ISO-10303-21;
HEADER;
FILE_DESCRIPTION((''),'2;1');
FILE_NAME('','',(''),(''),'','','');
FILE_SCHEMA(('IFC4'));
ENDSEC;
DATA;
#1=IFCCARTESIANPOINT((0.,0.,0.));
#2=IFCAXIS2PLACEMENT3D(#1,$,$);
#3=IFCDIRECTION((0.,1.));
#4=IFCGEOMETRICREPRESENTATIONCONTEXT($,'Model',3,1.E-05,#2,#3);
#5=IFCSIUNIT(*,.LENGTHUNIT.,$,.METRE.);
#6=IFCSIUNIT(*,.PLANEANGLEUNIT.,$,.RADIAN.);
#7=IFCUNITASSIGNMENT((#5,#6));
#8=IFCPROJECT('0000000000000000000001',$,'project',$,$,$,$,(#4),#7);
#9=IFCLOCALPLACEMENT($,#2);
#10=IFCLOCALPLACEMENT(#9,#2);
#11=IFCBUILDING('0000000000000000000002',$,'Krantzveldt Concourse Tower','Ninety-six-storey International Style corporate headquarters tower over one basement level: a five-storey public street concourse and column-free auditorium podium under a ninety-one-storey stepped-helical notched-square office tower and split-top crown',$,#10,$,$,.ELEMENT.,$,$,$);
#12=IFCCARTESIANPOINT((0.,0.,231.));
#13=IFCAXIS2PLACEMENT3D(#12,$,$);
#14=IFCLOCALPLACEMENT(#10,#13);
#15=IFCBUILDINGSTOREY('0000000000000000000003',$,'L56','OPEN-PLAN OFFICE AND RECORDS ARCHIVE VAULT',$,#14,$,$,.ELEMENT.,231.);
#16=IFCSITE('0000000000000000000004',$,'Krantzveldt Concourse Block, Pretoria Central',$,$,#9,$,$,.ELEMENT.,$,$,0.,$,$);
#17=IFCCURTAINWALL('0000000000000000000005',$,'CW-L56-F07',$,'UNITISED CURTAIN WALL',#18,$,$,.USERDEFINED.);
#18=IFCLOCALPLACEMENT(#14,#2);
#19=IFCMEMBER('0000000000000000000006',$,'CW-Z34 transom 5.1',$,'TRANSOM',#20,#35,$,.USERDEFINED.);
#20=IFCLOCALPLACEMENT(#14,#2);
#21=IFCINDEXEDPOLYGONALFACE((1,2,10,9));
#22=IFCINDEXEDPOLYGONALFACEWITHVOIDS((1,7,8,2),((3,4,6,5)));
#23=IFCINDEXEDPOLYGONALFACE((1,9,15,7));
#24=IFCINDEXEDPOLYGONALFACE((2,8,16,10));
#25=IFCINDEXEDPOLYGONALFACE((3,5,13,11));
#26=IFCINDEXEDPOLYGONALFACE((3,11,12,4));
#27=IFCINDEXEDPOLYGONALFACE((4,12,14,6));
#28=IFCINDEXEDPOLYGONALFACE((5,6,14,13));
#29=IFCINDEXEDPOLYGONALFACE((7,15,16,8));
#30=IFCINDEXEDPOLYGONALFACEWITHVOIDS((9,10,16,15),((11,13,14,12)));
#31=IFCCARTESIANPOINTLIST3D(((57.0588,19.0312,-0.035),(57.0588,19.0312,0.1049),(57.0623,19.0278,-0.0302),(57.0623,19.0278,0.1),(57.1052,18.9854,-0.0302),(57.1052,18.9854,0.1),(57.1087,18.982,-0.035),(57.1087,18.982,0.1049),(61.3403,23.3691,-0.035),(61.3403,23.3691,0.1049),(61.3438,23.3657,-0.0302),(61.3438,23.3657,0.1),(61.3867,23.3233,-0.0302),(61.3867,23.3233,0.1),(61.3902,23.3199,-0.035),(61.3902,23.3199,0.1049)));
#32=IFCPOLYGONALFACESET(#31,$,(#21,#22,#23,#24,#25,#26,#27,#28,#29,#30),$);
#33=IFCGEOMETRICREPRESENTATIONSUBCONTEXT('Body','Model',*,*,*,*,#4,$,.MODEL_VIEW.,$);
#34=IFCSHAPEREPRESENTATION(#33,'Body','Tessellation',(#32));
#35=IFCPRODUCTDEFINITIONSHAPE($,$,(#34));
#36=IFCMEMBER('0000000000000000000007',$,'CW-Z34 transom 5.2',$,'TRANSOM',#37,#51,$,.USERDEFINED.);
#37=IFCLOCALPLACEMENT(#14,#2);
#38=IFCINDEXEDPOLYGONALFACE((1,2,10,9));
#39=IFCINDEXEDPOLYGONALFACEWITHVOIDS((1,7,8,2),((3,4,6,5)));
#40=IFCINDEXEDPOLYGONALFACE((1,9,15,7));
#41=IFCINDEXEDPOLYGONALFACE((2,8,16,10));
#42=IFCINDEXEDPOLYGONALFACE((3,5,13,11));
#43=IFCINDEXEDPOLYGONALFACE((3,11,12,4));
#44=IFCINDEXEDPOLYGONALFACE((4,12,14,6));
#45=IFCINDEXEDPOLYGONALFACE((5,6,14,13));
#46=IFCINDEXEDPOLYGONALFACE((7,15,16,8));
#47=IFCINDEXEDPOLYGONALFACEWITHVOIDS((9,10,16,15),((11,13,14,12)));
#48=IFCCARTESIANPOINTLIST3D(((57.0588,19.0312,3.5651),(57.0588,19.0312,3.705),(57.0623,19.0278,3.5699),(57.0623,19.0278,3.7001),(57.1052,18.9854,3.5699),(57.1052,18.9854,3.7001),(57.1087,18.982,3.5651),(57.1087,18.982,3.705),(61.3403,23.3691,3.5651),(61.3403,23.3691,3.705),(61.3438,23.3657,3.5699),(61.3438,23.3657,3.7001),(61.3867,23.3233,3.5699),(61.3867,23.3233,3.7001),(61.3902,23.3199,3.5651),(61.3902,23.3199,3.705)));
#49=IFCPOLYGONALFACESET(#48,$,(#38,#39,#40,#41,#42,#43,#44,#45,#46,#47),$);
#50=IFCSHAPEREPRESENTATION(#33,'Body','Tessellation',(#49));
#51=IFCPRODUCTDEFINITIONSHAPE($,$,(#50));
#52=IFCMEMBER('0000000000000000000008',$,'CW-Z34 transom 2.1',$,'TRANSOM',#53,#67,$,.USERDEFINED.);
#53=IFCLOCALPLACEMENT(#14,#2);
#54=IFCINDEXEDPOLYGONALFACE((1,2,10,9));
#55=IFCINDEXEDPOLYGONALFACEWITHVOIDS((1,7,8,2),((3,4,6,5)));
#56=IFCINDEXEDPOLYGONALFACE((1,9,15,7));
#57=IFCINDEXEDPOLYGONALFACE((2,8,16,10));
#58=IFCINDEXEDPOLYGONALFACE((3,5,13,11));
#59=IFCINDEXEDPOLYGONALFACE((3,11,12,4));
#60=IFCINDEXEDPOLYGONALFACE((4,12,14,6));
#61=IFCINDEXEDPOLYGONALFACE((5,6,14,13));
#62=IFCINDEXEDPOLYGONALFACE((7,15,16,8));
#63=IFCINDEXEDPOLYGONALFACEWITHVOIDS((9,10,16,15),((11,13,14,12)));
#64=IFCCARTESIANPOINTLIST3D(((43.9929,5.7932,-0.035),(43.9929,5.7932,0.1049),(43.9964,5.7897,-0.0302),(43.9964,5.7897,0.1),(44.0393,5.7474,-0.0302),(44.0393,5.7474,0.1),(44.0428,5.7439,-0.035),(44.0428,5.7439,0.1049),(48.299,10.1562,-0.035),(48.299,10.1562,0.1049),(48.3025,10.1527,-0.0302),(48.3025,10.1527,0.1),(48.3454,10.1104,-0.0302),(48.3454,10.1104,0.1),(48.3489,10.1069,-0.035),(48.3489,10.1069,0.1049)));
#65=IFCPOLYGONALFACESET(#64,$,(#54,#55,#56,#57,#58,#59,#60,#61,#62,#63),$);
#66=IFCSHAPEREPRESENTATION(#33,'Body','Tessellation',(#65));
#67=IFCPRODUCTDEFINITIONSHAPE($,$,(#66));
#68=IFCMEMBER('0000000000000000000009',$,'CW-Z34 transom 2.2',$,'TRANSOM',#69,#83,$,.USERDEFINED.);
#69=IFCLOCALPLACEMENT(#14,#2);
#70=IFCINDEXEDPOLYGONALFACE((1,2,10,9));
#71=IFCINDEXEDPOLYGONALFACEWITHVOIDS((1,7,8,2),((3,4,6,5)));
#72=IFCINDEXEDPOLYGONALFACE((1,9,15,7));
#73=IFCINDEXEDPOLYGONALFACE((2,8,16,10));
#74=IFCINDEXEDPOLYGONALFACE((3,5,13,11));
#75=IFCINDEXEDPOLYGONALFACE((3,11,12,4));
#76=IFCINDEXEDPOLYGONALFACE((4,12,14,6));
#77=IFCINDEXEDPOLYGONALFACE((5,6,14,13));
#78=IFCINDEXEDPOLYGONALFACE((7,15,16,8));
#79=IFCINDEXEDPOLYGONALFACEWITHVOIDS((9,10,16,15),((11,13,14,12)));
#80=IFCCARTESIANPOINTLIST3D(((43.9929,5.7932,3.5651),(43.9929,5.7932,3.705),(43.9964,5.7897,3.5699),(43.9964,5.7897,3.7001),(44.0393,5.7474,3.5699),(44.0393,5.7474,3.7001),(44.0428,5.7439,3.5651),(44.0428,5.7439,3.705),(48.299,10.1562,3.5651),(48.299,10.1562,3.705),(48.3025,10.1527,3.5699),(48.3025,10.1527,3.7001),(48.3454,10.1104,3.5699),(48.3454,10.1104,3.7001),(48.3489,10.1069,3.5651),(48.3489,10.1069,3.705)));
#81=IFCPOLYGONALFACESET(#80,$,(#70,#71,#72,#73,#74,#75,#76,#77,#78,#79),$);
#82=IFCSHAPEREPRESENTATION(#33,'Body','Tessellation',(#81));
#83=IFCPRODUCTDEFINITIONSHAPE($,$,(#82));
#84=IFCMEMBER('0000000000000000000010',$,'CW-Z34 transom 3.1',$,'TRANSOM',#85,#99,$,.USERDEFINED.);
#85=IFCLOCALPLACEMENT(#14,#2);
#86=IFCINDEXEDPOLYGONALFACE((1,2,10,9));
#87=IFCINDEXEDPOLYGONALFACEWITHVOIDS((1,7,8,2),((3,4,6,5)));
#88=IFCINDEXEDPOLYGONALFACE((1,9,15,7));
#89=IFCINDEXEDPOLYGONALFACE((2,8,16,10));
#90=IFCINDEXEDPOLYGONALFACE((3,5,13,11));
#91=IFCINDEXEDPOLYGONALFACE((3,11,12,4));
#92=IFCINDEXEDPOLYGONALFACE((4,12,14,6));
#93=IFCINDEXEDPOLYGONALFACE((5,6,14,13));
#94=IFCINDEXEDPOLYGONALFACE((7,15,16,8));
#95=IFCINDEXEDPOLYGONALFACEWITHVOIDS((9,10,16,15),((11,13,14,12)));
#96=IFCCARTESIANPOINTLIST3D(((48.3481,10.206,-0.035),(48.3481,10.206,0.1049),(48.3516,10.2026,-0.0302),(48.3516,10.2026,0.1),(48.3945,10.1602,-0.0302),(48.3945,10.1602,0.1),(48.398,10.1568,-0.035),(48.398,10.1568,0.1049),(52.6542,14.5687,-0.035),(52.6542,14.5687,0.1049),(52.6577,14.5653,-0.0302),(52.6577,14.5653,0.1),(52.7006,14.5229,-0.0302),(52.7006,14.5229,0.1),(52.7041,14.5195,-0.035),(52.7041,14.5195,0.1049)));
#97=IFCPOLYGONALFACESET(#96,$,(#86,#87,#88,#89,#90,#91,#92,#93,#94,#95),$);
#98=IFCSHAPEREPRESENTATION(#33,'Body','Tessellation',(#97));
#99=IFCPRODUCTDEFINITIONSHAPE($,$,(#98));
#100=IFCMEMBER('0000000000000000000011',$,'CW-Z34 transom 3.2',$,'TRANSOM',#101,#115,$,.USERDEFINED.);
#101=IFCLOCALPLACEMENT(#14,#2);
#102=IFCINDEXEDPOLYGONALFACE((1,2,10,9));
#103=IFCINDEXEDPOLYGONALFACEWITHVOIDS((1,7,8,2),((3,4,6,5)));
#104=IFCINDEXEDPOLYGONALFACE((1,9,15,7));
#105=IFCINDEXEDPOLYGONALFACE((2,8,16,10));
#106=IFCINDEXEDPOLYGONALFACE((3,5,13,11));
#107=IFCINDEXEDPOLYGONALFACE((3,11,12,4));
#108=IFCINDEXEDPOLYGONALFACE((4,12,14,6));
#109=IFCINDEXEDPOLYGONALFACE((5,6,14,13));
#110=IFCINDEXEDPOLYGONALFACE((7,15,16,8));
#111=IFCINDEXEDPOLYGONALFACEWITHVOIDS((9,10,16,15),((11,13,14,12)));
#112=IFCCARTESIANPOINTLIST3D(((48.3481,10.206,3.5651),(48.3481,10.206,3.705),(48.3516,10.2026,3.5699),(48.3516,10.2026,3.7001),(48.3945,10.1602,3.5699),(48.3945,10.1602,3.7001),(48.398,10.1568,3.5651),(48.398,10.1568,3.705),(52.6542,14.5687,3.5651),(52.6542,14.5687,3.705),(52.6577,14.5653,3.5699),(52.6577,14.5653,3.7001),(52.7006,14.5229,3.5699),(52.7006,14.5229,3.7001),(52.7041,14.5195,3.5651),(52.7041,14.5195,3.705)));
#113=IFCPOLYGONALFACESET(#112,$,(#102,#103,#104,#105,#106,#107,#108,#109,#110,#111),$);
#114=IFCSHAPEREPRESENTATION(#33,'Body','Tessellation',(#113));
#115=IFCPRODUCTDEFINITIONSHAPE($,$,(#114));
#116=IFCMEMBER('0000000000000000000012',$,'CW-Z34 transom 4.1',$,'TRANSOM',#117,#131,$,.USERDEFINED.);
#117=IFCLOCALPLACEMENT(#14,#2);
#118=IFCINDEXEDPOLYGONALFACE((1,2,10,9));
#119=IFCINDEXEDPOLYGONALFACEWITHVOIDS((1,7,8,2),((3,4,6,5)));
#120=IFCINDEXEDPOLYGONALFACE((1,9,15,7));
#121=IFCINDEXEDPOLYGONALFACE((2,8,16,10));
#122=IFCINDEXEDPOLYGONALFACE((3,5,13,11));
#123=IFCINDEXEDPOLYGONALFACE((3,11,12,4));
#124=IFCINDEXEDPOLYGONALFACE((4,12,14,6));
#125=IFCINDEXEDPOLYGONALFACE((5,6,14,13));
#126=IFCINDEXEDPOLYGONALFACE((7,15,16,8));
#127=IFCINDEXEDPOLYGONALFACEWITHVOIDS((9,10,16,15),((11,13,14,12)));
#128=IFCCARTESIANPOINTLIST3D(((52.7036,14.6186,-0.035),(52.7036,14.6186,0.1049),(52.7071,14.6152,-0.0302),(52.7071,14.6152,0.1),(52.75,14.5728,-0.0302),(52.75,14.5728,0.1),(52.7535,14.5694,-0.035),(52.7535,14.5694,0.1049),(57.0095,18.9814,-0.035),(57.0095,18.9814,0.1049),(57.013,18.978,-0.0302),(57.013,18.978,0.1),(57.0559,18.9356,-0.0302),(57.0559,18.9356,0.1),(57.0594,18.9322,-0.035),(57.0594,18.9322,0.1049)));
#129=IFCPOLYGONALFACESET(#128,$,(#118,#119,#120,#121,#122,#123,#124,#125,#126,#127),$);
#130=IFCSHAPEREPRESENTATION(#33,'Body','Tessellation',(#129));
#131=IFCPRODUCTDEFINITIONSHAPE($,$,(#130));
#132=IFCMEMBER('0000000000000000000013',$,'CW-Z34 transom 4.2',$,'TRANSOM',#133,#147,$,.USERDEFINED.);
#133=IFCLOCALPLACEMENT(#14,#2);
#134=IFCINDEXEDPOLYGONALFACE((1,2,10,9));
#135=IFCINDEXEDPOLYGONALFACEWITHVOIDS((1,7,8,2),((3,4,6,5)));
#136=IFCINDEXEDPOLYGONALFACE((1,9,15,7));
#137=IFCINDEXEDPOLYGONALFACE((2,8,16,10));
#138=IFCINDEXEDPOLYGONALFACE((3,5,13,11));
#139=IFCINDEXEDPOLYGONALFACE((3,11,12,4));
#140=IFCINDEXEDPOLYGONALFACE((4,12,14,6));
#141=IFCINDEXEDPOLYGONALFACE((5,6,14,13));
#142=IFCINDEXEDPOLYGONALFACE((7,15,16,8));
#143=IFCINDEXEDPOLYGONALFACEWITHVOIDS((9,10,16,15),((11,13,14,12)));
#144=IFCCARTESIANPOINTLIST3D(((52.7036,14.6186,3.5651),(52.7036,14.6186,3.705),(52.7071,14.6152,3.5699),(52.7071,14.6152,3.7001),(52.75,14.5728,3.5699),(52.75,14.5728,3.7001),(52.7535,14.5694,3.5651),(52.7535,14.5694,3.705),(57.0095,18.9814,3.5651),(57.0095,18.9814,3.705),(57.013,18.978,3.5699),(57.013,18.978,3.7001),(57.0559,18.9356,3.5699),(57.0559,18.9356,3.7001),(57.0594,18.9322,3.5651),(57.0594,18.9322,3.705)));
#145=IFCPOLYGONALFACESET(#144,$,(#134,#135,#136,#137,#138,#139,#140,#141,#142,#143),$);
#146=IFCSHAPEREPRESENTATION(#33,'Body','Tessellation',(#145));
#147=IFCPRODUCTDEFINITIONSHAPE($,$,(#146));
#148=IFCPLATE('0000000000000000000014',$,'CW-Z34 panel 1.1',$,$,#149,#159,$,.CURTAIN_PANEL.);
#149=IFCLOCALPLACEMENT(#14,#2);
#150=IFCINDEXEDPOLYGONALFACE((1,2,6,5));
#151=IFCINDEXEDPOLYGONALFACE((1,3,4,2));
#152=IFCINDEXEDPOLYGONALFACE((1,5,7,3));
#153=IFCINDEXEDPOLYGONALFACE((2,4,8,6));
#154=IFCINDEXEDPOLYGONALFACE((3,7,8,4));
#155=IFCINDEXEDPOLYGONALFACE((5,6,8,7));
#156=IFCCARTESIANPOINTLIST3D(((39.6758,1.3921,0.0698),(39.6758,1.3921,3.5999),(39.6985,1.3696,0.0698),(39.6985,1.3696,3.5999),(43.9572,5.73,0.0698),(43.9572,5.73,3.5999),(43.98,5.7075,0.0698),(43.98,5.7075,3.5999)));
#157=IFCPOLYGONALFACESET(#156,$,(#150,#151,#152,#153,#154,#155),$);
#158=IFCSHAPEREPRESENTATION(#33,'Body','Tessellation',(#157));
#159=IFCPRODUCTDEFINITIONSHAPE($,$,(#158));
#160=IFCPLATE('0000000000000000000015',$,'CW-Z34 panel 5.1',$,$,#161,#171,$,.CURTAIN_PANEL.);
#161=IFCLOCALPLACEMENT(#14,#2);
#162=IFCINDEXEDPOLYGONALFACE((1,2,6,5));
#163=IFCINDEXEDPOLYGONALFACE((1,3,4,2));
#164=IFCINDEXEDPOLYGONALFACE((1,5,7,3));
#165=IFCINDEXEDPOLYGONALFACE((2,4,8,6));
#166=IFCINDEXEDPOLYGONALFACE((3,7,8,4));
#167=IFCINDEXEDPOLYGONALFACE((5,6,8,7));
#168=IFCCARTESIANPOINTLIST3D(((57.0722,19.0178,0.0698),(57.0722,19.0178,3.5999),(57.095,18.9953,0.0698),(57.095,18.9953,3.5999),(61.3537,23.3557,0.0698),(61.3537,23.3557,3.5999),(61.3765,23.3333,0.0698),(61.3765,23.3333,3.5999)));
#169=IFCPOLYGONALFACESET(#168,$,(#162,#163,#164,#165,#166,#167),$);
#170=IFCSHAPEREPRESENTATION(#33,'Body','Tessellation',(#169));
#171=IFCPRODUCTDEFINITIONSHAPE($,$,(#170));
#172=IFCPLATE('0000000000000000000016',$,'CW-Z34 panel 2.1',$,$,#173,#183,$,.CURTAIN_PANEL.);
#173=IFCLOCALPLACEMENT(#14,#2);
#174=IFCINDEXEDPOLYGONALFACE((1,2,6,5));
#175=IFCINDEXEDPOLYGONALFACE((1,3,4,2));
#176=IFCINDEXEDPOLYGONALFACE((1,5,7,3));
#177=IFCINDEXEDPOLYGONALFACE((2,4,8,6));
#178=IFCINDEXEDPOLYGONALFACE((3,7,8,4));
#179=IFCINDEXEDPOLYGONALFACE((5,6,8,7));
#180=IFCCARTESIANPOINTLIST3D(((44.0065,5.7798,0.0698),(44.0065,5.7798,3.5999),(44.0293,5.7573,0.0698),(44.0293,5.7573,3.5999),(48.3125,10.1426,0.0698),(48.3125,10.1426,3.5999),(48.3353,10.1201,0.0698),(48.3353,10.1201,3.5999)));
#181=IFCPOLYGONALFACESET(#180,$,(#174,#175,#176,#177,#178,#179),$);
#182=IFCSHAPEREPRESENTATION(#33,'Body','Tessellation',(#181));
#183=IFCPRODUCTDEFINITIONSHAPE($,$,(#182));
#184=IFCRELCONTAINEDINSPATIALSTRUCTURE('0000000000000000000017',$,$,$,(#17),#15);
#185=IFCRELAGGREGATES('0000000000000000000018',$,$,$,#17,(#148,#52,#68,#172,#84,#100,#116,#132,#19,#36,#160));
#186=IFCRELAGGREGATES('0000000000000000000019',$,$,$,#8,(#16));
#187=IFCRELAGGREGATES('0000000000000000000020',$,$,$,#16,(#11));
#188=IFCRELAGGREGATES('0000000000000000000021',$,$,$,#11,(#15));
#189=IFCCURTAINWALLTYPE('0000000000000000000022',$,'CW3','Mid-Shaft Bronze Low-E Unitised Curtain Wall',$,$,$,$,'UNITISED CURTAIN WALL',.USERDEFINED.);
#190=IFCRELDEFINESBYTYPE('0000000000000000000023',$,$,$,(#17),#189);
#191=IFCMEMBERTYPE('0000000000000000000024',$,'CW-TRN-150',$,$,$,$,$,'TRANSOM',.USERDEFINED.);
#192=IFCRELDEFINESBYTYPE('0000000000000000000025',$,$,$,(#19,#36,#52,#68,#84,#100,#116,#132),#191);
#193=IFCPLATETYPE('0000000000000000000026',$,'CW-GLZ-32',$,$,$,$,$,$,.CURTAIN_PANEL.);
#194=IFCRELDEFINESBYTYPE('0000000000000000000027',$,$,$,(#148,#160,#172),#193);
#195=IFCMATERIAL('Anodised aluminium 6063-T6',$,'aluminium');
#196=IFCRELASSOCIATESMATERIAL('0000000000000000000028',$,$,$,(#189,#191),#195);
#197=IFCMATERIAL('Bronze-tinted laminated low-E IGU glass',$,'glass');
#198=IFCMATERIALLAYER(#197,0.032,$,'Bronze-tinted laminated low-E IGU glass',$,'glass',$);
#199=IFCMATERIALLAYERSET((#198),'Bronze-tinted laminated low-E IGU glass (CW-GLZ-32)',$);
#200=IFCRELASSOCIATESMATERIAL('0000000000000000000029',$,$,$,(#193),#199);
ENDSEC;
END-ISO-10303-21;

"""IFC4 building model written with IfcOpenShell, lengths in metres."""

from ifc_helpers import new_model, si_unit, direction, frame, origin, origin_2d, place, context, subcontext, project, spatial, rectangle, hollow_rectangle, extrude, source, transform, mapped, material, layer, layer_set, material_profile, profile_set, type_object, type_shapes, element, aggregate, save


model = new_model("IFC4")

# Units and contexts
model_context = context("Model", 3, precision=1e-05, world=origin(), true_north=direction((0.0, 1.0)))
body_context = subcontext(model_context, "Body", "Model", "MODEL_VIEW")
ifc_project = project(units=[si_unit("LENGTHUNIT", "METRE"), si_unit("PLANEANGLEUNIT", "RADIAN")], contexts=[model_context])

# Site, building, storey
site_placement = place(None, origin())
site = spatial("IfcSite", under=ifc_project, at=site_placement, Name="Krantzveldt Concourse Block, Pretoria Central", CompositionType="ELEMENT", RefElevation=0.0)
building_placement = place(site_placement, origin())
building = spatial("IfcBuilding", under=site, at=building_placement, Name="Krantzveldt Concourse Tower", Description="Ninety-six-storey International Style corporate headquarters tower over one basement level: a five-storey public street concourse and column-free auditorium podium under a ninety-one-storey stepped-helical notched-square office tower and split-top crown", CompositionType="ELEMENT")
storey_placement = place(building_placement, frame((0.0, 0.0, 231.0)))
storey = spatial("IfcBuildingStorey", under=building, at=storey_placement, Name="L56", Description="OPEN-PLAN OFFICE AND RECORDS ARCHIVE VAULT", CompositionType="ELEMENT", Elevation=231.0)

# Curtain wall, members, plates
ifc_material_1 = material(Name="Anodised aluminium 6063-T6", Category="aluminium")
curtain_wall_type = type_object("IfcCurtainWallType", Name="CW3", Description="Mid-Shaft Bronze Low-E Unitised Curtain Wall", ElementType="UNITISED CURTAIN WALL", PredefinedType="USERDEFINED", material=ifc_material_1)
curtain_wall_placement = place(storey_placement, origin())
curtain_wall = element("IfcCurtainWall", 1, at=curtain_wall_placement, inside=storey, type_object=curtain_wall_type, Name="CW-L56-F07", ObjectType="UNITISED CURTAIN WALL", PredefinedType="USERDEFINED")
ifc_material_profile_1 = material_profile(ifc_material_1, hollow_rectangle(XDim=0.0701, YDim=0.1399, WallThickness=0.0049, at=origin_2d()), Name="Anodised aluminium 6063-T6", Category="aluminium")
ifc_profile_set_1 = profile_set([ifc_material_profile_1], Name="Anodised aluminium 6063-T6 - ALU-TRAN 140x70x5")
member_type_1 = type_object("IfcMemberType", Name="CW-TRN-150", ElementType="TRANSOM", PredefinedType="USERDEFINED", material=ifc_profile_set_1)
shared_shape_1 = source(origin(), body_context, "Body", "SweptSolid", [
    extrude(hollow_rectangle(XDim=0.0701, YDim=0.1399, WallThickness=0.0049, at=origin_2d()), origin(), (0.0, 0.0, 1.0), 6.095),
])
member_1_placement = place(storey_placement, frame((57.0837, 19.0066, 0.0349), z_axis=(0.702465, 0.711718, 0.0), x_axis=(-0.711718, 0.702465, 0.0)))
member_1 = element("IfcMember", 2, at=member_1_placement, type_object=member_type_1, Name="CW-Z34 transom 5.1", ObjectType="TRANSOM", PredefinedType="USERDEFINED", context=body_context, shape_type="MappedRepresentation", body=[
    mapped(shared_shape_1, transform((0.0, 0.0, 0.0), x_axis=(1.0, 0.0, 0.0), y_axis=(0.0, 1.0, 0.0), z_axis=(0.0, 0.0, 1.0), scale=1.0)),
])
member_2_placement = place(storey_placement, frame((57.0837, 19.0066, 3.635), z_axis=(0.702465, 0.711718, 0.0), x_axis=(-0.711718, 0.702465, 0.0)))
member_2 = element("IfcMember", 3, at=member_2_placement, type_object=member_type_1, Name="CW-Z34 transom 5.2", ObjectType="TRANSOM", PredefinedType="USERDEFINED", context=body_context, shape_type="MappedRepresentation", body=[
    mapped(shared_shape_1, transform((0.0, 0.0, 0.0), x_axis=(1.0, 0.0, 0.0), y_axis=(0.0, 1.0, 0.0), z_axis=(0.0, 0.0, 1.0), scale=1.0)),
])
shared_shape_2 = source(origin(), body_context, "Body", "SweptSolid", [
    extrude(hollow_rectangle(XDim=0.0701, YDim=0.1399, WallThickness=0.0049, at=origin_2d()), origin(), (0.0, 0.0, 1.0), 6.1301),
])
member_3_placement = place(storey_placement, frame((44.0178, 5.7686, 0.0349), z_axis=(0.702452, 0.711731, 0.0), x_axis=(-0.711731, 0.702452, 0.0)))
member_3 = element("IfcMember", 4, at=member_3_placement, type_object=member_type_1, Name="CW-Z34 transom 2.1", ObjectType="TRANSOM", PredefinedType="USERDEFINED", context=body_context, shape_type="MappedRepresentation", body=[
    mapped(shared_shape_2, transform((0.0, 0.0, 0.0), x_axis=(1.0, 0.0, 0.0), y_axis=(0.0, 1.0, 0.0), z_axis=(0.0, 0.0, 1.0), scale=1.0)),
])
member_4_placement = place(storey_placement, frame((44.0178, 5.7686, 3.635), z_axis=(0.702452, 0.711731, 0.0), x_axis=(-0.711731, 0.702452, 0.0)))
member_4 = element("IfcMember", 5, at=member_4_placement, type_object=member_type_1, Name="CW-Z34 transom 2.2", ObjectType="TRANSOM", PredefinedType="USERDEFINED", context=body_context, shape_type="MappedRepresentation", body=[
    mapped(shared_shape_2, transform((0.0, 0.0, 0.0), x_axis=(1.0, 0.0, 0.0), y_axis=(0.0, 1.0, 0.0), z_axis=(0.0, 0.0, 1.0), scale=1.0)),
])
shared_shape_3 = source(origin(), body_context, "Body", "SweptSolid", [
    extrude(hollow_rectangle(XDim=0.0701, YDim=0.1399, WallThickness=0.0049, at=origin_2d()), origin(), (0.0, 0.0, 1.0), 6.1299),
])
type_shapes(member_type_1, [shared_shape_1, shared_shape_2, shared_shape_3])
member_5_placement = place(storey_placement, frame((48.373, 10.1814, 0.0349), z_axis=(0.702472, 0.711712, 0.0), x_axis=(-0.711712, 0.702472, 0.0)))
member_5 = element("IfcMember", 6, at=member_5_placement, type_object=member_type_1, Name="CW-Z34 transom 3.1", ObjectType="TRANSOM", PredefinedType="USERDEFINED", context=body_context, shape_type="MappedRepresentation", body=[
    mapped(shared_shape_3, transform((0.0, 0.0, 0.0), x_axis=(1.0, 0.0, 0.0), y_axis=(0.0, 1.0, 0.0), z_axis=(0.0, 0.0, 1.0), scale=1.0)),
])
member_6_placement = place(storey_placement, frame((48.373, 10.1814, 3.635), z_axis=(0.702472, 0.711712, 0.0), x_axis=(-0.711712, 0.702472, 0.0)))
member_6 = element("IfcMember", 7, at=member_6_placement, type_object=member_type_1, Name="CW-Z34 transom 3.2", ObjectType="TRANSOM", PredefinedType="USERDEFINED", context=body_context, shape_type="MappedRepresentation", body=[
    mapped(shared_shape_3, transform((0.0, 0.0, 0.0), x_axis=(1.0, 0.0, 0.0), y_axis=(0.0, 1.0, 0.0), z_axis=(0.0, 0.0, 1.0), scale=1.0)),
])
member_7_placement = place(storey_placement, frame((52.7285, 14.594, 0.0349), z_axis=(0.702452, 0.711732, 0.0), x_axis=(-0.711732, 0.702452, 0.0)))
member_7 = element("IfcMember", 8, at=member_7_placement, type_object=member_type_1, Name="CW-Z34 transom 4.1", ObjectType="TRANSOM", PredefinedType="USERDEFINED", context=body_context, shape_type="MappedRepresentation", body=[
    mapped(shared_shape_3, transform((0.0, 0.0, 0.0), x_axis=(1.0, 0.0, 0.0), y_axis=(0.0, 1.0, 0.0), z_axis=(0.0, 0.0, 1.0), scale=1.0)),
])
member_8_placement = place(storey_placement, frame((52.7285, 14.594, 3.635), z_axis=(0.702452, 0.711732, 0.0), x_axis=(-0.711732, 0.702452, 0.0)))
member_8 = element("IfcMember", 9, at=member_8_placement, type_object=member_type_1, Name="CW-Z34 transom 4.2", ObjectType="TRANSOM", PredefinedType="USERDEFINED", context=body_context, shape_type="MappedRepresentation", body=[
    mapped(shared_shape_3, transform((0.0, 0.0, 0.0), x_axis=(1.0, 0.0, 0.0), y_axis=(0.0, 1.0, 0.0), z_axis=(0.0, 0.0, 1.0), scale=1.0)),
])
ifc_material_2 = material(Name="Bronze-tinted laminated low-E IGU glass", Category="glass")
ifc_layer_1 = layer(ifc_material_2, 0.032, Name="Bronze-tinted laminated low-E IGU glass", Category="glass")
ifc_layer_set_1 = layer_set([ifc_layer_1], Name="Bronze-tinted laminated low-E IGU glass (CW-GLZ-32)")
plate_type = type_object("IfcPlateType", Name="CW-GLZ-32", PredefinedType="CURTAIN_PANEL", material=ifc_layer_set_1)
shared_shape_4 = source(origin(), body_context, "Body", "SweptSolid", [
    extrude(rectangle(XDim=6.095, YDim=0.032, at=origin_2d()), origin(), (0.0, 0.0, 1.0), 3.53),
])
plate_1_placement = place(storey_placement, frame((41.8279, 3.5498, 0.0698), z_axis=(0.0, 0.0, 1.0), x_axis=(0.702464, 0.71172, 0.0)))
plate_1 = element("IfcPlate", 10, at=plate_1_placement, type_object=plate_type, Name="CW-Z34 panel 1.1", PredefinedType="CURTAIN_PANEL", context=body_context, shape_type="MappedRepresentation", body=[
    mapped(shared_shape_4, transform((0.0, 0.0, 0.0), x_axis=(1.0, 0.0, 0.0), y_axis=(0.0, 1.0, 0.0), z_axis=(0.0, 0.0, 1.0), scale=1.0)),
])
plate_2_placement = place(storey_placement, frame((59.2244, 21.1755, 0.0698), z_axis=(0.0, 0.0, 1.0), x_axis=(0.702464, 0.71172, 0.0)))
plate_2 = element("IfcPlate", 11, at=plate_2_placement, type_object=plate_type, Name="CW-Z34 panel 5.1", PredefinedType="CURTAIN_PANEL", context=body_context, shape_type="MappedRepresentation", body=[
    mapped(shared_shape_4, transform((0.0, 0.0, 0.0), x_axis=(1.0, 0.0, 0.0), y_axis=(0.0, 1.0, 0.0), z_axis=(0.0, 0.0, 1.0), scale=1.0)),
])
shared_shape_5 = source(origin(), body_context, "Body", "SweptSolid", [
    extrude(rectangle(XDim=6.1299, YDim=0.032, at=origin_2d()), origin(), (0.0, 0.0, 1.0), 3.53),
])
type_shapes(plate_type, [shared_shape_4, shared_shape_5])
plate_3_placement = place(storey_placement, frame((46.1709, 7.95, 0.0698), z_axis=(0.0, 0.0, 1.0), x_axis=(0.702464, 0.71172, 0.0)))
plate_3 = element("IfcPlate", 12, at=plate_3_placement, type_object=plate_type, Name="CW-Z34 panel 2.1", PredefinedType="CURTAIN_PANEL", context=body_context, shape_type="MappedRepresentation", body=[
    mapped(shared_shape_5, transform((0.0, 0.0, 0.0), x_axis=(1.0, 0.0, 0.0), y_axis=(0.0, 1.0, 0.0), z_axis=(0.0, 0.0, 1.0), scale=1.0)),
])
aggregate(curtain_wall, [plate_1, member_3, member_4, plate_3, member_5, member_6, member_7, member_8, member_1, member_2, plate_2])

save(model, "model.ifc")
